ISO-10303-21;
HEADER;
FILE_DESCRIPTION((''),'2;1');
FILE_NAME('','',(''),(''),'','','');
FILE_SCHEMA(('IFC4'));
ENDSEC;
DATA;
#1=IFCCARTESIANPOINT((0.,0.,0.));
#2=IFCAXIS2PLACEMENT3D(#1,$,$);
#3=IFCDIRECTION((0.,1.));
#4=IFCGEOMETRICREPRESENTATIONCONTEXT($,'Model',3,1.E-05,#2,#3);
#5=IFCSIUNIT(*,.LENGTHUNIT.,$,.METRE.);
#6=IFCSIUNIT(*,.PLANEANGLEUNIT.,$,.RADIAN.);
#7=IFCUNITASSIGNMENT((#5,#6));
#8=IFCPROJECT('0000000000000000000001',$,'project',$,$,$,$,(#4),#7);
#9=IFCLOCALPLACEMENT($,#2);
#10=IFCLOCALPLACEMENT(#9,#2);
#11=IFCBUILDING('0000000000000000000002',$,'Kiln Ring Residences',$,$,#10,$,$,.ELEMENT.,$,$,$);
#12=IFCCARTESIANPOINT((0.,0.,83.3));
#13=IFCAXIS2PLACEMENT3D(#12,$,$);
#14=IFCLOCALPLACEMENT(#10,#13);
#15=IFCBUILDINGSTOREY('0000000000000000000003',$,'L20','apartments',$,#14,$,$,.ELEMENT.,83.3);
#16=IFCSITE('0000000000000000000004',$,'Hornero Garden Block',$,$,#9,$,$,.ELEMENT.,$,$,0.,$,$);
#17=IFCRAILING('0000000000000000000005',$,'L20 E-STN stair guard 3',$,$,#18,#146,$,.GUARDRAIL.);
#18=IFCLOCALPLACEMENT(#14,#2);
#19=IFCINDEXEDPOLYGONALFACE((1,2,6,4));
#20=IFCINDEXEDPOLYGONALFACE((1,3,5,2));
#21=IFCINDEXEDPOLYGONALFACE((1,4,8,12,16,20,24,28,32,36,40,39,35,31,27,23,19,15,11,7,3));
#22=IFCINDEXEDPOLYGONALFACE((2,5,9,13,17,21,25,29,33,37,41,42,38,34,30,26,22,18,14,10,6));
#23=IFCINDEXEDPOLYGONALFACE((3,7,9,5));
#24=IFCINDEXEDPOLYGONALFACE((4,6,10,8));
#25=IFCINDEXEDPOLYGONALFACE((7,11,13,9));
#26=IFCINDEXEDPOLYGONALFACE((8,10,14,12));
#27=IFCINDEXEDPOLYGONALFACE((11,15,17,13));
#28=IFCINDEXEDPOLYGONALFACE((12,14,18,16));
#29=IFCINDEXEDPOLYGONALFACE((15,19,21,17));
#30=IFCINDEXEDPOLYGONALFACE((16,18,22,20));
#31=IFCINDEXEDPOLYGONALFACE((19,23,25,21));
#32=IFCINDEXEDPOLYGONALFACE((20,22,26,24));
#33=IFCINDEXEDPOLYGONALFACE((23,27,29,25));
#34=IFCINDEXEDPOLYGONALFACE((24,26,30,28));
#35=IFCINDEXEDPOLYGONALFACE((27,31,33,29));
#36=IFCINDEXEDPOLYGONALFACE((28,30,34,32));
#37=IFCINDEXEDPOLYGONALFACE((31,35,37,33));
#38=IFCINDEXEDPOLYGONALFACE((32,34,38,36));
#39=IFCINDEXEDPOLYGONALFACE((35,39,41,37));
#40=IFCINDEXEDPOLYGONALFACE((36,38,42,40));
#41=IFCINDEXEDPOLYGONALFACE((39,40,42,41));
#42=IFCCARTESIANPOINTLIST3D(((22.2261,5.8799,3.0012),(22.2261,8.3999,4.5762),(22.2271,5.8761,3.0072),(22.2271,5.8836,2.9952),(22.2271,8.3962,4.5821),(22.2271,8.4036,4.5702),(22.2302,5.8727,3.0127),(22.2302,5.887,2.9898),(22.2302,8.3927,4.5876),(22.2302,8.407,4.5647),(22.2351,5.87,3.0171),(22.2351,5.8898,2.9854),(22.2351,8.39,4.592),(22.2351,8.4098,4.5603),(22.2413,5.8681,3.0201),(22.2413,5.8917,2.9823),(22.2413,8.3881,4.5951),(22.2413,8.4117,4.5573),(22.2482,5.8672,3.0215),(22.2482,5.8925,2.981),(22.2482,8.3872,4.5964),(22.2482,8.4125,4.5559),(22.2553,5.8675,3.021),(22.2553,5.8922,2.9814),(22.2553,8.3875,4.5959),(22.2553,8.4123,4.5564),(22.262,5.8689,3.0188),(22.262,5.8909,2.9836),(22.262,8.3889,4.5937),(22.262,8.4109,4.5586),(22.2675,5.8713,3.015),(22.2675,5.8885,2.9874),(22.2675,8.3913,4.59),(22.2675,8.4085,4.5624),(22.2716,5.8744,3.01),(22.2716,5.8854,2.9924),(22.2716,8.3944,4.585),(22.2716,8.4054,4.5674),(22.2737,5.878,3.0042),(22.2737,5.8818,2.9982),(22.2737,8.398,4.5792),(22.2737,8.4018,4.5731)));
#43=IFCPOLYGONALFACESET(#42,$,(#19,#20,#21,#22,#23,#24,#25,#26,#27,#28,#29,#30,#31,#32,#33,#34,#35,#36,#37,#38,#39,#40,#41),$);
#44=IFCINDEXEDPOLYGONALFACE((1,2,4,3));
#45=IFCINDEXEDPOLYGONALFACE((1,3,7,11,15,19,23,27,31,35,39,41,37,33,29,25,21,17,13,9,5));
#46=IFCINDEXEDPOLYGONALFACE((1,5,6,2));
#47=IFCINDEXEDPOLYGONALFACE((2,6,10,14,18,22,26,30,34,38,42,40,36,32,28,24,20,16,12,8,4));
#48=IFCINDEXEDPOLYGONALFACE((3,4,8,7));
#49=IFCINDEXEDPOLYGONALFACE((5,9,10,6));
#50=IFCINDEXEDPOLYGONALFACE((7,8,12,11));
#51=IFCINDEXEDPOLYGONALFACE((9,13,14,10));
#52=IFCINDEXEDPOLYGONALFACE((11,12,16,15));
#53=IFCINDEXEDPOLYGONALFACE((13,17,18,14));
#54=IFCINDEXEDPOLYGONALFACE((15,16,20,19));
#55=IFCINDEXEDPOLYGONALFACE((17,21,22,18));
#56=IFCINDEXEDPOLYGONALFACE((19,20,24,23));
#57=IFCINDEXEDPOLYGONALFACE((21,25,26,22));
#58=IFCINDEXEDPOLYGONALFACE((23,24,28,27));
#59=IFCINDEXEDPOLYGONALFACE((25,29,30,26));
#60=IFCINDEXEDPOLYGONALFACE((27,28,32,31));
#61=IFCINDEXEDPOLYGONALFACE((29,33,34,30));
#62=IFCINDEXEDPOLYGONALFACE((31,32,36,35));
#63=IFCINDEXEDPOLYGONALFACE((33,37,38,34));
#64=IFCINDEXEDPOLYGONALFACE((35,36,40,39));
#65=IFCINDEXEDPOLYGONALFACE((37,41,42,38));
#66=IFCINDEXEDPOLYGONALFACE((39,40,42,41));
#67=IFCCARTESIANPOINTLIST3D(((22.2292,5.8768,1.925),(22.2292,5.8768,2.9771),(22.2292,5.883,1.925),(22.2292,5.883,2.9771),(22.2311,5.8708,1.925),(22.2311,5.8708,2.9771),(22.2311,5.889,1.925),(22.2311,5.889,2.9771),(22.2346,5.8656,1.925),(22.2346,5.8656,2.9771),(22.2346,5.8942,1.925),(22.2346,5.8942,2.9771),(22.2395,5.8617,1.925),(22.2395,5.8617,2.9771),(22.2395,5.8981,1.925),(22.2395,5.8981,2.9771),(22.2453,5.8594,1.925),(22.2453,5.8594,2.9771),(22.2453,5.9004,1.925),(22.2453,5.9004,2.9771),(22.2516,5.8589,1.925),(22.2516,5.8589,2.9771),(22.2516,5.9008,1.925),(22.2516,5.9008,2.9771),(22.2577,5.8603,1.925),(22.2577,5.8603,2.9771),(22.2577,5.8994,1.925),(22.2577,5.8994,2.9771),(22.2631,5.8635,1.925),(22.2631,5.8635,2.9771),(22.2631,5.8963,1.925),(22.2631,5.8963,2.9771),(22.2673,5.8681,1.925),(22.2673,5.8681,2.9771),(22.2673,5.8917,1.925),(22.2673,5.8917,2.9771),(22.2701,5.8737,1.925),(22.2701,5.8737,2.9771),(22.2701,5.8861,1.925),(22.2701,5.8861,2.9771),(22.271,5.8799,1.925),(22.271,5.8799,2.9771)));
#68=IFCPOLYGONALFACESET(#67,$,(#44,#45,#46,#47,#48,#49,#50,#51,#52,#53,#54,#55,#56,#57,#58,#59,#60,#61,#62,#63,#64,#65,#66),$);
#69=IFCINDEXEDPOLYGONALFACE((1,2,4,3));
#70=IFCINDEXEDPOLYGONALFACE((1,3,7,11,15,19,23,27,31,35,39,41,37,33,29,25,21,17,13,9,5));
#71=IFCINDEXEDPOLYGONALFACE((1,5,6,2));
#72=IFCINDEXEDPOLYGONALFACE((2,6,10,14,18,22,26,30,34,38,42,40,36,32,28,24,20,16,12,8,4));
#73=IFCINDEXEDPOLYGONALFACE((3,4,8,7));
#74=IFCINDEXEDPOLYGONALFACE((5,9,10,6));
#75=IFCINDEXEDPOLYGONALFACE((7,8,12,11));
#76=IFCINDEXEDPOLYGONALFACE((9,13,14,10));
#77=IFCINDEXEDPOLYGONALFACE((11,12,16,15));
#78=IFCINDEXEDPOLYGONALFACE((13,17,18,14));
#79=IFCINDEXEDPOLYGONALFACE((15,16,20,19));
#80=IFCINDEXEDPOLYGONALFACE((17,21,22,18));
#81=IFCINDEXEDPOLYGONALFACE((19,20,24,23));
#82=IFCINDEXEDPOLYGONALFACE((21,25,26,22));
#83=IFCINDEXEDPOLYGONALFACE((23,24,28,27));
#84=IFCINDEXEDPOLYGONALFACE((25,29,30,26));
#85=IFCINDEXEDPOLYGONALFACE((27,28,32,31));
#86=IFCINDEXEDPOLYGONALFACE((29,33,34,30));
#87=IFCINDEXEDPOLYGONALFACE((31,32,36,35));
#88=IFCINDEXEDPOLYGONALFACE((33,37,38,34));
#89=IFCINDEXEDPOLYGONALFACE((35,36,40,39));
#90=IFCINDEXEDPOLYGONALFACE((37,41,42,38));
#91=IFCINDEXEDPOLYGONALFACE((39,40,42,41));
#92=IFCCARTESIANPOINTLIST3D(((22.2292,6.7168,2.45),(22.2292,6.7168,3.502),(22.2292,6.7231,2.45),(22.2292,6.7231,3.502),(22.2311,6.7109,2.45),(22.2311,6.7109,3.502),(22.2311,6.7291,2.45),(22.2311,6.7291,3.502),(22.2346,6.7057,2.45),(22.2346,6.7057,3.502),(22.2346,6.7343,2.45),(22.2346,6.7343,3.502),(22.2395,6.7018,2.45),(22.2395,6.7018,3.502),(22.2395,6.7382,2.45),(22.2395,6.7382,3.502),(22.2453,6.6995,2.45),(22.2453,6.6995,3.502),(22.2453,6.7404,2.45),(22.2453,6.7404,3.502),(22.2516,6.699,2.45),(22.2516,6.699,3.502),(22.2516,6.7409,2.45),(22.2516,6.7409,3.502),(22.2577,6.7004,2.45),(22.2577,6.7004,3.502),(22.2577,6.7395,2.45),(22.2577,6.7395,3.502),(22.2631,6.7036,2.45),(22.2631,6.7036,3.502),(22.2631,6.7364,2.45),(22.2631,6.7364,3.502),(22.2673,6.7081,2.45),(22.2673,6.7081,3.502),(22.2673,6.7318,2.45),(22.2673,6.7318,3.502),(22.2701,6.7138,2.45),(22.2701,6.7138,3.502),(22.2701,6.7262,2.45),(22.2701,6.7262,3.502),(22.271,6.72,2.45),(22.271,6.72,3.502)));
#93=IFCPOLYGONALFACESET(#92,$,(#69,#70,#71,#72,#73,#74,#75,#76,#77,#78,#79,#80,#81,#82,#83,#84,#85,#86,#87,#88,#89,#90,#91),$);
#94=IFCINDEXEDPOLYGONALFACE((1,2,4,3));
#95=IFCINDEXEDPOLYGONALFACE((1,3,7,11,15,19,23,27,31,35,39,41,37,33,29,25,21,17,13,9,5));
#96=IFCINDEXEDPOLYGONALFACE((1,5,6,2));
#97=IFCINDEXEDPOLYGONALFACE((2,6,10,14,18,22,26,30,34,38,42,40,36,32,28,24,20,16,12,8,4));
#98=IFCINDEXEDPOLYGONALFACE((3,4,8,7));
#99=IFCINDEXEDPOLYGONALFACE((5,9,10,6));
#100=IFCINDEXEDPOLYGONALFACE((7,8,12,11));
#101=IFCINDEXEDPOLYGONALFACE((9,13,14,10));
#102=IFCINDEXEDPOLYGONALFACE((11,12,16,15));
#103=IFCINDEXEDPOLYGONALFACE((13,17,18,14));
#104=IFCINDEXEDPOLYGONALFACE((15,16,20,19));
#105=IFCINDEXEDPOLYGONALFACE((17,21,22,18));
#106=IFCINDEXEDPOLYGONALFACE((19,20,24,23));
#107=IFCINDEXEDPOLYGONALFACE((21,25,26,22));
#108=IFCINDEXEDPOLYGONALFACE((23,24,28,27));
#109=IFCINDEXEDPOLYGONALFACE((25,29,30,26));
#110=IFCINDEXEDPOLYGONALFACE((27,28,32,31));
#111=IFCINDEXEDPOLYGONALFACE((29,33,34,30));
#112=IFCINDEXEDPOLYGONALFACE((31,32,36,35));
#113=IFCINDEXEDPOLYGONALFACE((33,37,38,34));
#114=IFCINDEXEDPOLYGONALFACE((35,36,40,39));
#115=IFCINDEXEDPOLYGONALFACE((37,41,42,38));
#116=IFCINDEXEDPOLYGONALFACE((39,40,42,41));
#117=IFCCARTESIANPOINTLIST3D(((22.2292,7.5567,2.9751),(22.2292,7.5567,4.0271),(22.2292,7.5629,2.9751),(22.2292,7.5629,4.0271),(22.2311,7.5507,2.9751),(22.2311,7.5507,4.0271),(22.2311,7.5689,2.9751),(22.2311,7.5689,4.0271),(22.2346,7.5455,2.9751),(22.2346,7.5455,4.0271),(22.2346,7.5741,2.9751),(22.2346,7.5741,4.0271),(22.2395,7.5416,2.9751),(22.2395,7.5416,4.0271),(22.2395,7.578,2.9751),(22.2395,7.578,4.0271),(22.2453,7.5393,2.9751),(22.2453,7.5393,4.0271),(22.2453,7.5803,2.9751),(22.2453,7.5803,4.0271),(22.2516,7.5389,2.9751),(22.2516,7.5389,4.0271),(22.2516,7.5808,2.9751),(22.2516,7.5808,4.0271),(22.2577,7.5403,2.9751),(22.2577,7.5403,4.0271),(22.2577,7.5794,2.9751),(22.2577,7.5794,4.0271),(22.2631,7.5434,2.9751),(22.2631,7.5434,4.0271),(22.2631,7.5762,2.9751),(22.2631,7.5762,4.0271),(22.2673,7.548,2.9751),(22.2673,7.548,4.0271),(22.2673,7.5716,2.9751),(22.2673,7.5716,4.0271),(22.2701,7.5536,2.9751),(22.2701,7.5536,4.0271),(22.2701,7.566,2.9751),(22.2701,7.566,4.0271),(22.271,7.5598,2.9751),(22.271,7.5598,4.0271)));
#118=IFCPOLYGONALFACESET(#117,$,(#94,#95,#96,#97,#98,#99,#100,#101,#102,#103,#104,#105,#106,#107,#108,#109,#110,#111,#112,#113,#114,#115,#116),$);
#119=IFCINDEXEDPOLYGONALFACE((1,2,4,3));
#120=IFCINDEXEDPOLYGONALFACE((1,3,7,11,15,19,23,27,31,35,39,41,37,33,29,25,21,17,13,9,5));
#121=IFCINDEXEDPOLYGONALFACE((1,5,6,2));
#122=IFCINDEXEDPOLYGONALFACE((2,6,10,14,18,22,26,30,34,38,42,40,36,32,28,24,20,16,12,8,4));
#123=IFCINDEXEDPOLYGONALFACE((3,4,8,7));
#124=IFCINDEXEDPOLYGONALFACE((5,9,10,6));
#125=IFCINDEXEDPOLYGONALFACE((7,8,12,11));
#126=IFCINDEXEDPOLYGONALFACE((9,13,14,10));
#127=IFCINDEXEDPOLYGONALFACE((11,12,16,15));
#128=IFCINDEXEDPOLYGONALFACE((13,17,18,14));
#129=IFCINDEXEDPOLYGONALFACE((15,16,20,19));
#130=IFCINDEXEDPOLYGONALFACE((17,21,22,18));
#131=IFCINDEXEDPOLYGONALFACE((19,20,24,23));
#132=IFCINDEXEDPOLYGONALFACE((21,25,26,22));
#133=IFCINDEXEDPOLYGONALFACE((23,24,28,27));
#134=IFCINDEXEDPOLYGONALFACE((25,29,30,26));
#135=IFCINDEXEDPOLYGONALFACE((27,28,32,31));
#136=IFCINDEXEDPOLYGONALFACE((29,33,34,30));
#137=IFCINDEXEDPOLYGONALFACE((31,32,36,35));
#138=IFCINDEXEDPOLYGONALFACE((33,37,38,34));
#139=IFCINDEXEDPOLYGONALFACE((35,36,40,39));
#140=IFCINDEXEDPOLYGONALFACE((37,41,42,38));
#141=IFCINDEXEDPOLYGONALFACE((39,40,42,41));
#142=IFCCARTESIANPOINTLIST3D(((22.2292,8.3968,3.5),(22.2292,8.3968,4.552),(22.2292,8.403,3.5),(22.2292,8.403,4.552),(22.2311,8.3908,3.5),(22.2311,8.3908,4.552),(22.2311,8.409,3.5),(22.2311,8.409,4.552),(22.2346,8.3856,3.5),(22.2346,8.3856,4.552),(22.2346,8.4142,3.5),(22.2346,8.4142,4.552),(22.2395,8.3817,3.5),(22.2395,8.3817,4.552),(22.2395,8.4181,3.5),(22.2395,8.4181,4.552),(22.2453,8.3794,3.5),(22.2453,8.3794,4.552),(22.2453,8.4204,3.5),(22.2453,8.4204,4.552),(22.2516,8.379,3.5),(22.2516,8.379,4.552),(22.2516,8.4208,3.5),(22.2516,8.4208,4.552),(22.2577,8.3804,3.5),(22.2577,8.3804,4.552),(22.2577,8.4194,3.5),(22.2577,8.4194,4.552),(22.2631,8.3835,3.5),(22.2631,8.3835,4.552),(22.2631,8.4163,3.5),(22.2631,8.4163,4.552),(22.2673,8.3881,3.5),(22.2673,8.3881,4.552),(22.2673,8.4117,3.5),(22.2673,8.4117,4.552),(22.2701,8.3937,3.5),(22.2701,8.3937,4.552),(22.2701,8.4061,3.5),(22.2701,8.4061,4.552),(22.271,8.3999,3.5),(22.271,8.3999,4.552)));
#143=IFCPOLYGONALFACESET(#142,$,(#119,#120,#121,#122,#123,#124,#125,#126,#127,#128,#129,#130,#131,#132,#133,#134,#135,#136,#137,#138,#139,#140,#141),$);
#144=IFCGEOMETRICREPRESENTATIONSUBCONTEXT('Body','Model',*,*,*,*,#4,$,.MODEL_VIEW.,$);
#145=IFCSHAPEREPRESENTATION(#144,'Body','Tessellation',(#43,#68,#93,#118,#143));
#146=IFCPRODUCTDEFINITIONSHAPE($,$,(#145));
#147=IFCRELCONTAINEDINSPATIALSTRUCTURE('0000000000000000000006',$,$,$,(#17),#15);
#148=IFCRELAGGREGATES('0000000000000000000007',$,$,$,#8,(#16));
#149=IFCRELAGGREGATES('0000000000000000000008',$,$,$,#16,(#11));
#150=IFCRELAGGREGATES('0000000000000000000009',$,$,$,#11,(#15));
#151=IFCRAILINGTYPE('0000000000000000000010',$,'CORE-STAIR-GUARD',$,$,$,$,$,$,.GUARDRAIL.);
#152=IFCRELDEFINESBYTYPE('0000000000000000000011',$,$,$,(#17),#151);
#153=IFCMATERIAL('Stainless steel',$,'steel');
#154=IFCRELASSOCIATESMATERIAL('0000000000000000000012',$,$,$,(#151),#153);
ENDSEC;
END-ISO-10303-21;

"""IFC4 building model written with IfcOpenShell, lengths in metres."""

from ifc_helpers import new_model, si_unit, direction, frame, origin, origin_2d, place, context, subcontext, project, spatial, circle, extrude, material, type_object, element, save


model = new_model("IFC4")

# Units and contexts
model_context = context("Model", 3, precision=1e-05, world=origin(), true_north=direction((0.0, 1.0)))
body_context = subcontext(model_context, "Body", "Model", "MODEL_VIEW")
ifc_project = project(units=[si_unit("LENGTHUNIT", "METRE"), si_unit("PLANEANGLEUNIT", "RADIAN")], contexts=[model_context])

# Site, building, storey
site_placement = place(None, origin())
site = spatial("IfcSite", under=ifc_project, at=site_placement, Name="Hornero Garden Block", CompositionType="ELEMENT", RefElevation=0.0)
building_placement = place(site_placement, origin())
building = spatial("IfcBuilding", under=site, at=building_placement, Name="Kiln Ring Residences", CompositionType="ELEMENT")
storey_placement = place(building_placement, frame((0.0, 0.0, 83.3)))
storey = spatial("IfcBuildingStorey", under=building, at=storey_placement, Name="L20", Description="apartments", CompositionType="ELEMENT", Elevation=83.3)

# Railing
ifc_material_1 = material(Name="Stainless steel", Category="steel")
railing_type_1 = type_object("IfcRailingType", Name="CORE-STAIR-GUARD", PredefinedType="GUARDRAIL", material=ifc_material_1)
railing_1_placement = place(storey_placement, frame((22.25, 5.8799, 1.925)))
element("IfcRailing", 1, at=railing_1_placement, inside=storey, type_object=railing_type_1, Name="L20 E-STN stair guard 3", PredefinedType="GUARDRAIL", context=body_context, shape_type="SweptSolid", body=[
    extrude(circle(Radius=0.0239, at=origin_2d()), frame((0.0, 0.0, 1.0762), z_axis=(0.0, 0.848008, 0.529984), x_axis=(-1.0, 0.0, 0.0)), (0.0, 0.0, 1.0), 2.9717),
    extrude(circle(Radius=0.021, at=origin_2d()), origin(), (0.0, 0.0, 1.0), 1.052),
    extrude(circle(Radius=0.021, at=origin_2d()), frame((0.0, 0.8401, 0.5249)), (0.0, 0.0, 1.0), 1.052),
    extrude(circle(Radius=0.021, at=origin_2d()), frame((0.0, 1.6799, 1.05)), (0.0, 0.0, 1.0), 1.052),
    extrude(circle(Radius=0.021, at=origin_2d()), frame((0.0, 2.52, 1.575)), (0.0, 0.0, 1.0), 1.052),
])

save(model, "model.ifc")
